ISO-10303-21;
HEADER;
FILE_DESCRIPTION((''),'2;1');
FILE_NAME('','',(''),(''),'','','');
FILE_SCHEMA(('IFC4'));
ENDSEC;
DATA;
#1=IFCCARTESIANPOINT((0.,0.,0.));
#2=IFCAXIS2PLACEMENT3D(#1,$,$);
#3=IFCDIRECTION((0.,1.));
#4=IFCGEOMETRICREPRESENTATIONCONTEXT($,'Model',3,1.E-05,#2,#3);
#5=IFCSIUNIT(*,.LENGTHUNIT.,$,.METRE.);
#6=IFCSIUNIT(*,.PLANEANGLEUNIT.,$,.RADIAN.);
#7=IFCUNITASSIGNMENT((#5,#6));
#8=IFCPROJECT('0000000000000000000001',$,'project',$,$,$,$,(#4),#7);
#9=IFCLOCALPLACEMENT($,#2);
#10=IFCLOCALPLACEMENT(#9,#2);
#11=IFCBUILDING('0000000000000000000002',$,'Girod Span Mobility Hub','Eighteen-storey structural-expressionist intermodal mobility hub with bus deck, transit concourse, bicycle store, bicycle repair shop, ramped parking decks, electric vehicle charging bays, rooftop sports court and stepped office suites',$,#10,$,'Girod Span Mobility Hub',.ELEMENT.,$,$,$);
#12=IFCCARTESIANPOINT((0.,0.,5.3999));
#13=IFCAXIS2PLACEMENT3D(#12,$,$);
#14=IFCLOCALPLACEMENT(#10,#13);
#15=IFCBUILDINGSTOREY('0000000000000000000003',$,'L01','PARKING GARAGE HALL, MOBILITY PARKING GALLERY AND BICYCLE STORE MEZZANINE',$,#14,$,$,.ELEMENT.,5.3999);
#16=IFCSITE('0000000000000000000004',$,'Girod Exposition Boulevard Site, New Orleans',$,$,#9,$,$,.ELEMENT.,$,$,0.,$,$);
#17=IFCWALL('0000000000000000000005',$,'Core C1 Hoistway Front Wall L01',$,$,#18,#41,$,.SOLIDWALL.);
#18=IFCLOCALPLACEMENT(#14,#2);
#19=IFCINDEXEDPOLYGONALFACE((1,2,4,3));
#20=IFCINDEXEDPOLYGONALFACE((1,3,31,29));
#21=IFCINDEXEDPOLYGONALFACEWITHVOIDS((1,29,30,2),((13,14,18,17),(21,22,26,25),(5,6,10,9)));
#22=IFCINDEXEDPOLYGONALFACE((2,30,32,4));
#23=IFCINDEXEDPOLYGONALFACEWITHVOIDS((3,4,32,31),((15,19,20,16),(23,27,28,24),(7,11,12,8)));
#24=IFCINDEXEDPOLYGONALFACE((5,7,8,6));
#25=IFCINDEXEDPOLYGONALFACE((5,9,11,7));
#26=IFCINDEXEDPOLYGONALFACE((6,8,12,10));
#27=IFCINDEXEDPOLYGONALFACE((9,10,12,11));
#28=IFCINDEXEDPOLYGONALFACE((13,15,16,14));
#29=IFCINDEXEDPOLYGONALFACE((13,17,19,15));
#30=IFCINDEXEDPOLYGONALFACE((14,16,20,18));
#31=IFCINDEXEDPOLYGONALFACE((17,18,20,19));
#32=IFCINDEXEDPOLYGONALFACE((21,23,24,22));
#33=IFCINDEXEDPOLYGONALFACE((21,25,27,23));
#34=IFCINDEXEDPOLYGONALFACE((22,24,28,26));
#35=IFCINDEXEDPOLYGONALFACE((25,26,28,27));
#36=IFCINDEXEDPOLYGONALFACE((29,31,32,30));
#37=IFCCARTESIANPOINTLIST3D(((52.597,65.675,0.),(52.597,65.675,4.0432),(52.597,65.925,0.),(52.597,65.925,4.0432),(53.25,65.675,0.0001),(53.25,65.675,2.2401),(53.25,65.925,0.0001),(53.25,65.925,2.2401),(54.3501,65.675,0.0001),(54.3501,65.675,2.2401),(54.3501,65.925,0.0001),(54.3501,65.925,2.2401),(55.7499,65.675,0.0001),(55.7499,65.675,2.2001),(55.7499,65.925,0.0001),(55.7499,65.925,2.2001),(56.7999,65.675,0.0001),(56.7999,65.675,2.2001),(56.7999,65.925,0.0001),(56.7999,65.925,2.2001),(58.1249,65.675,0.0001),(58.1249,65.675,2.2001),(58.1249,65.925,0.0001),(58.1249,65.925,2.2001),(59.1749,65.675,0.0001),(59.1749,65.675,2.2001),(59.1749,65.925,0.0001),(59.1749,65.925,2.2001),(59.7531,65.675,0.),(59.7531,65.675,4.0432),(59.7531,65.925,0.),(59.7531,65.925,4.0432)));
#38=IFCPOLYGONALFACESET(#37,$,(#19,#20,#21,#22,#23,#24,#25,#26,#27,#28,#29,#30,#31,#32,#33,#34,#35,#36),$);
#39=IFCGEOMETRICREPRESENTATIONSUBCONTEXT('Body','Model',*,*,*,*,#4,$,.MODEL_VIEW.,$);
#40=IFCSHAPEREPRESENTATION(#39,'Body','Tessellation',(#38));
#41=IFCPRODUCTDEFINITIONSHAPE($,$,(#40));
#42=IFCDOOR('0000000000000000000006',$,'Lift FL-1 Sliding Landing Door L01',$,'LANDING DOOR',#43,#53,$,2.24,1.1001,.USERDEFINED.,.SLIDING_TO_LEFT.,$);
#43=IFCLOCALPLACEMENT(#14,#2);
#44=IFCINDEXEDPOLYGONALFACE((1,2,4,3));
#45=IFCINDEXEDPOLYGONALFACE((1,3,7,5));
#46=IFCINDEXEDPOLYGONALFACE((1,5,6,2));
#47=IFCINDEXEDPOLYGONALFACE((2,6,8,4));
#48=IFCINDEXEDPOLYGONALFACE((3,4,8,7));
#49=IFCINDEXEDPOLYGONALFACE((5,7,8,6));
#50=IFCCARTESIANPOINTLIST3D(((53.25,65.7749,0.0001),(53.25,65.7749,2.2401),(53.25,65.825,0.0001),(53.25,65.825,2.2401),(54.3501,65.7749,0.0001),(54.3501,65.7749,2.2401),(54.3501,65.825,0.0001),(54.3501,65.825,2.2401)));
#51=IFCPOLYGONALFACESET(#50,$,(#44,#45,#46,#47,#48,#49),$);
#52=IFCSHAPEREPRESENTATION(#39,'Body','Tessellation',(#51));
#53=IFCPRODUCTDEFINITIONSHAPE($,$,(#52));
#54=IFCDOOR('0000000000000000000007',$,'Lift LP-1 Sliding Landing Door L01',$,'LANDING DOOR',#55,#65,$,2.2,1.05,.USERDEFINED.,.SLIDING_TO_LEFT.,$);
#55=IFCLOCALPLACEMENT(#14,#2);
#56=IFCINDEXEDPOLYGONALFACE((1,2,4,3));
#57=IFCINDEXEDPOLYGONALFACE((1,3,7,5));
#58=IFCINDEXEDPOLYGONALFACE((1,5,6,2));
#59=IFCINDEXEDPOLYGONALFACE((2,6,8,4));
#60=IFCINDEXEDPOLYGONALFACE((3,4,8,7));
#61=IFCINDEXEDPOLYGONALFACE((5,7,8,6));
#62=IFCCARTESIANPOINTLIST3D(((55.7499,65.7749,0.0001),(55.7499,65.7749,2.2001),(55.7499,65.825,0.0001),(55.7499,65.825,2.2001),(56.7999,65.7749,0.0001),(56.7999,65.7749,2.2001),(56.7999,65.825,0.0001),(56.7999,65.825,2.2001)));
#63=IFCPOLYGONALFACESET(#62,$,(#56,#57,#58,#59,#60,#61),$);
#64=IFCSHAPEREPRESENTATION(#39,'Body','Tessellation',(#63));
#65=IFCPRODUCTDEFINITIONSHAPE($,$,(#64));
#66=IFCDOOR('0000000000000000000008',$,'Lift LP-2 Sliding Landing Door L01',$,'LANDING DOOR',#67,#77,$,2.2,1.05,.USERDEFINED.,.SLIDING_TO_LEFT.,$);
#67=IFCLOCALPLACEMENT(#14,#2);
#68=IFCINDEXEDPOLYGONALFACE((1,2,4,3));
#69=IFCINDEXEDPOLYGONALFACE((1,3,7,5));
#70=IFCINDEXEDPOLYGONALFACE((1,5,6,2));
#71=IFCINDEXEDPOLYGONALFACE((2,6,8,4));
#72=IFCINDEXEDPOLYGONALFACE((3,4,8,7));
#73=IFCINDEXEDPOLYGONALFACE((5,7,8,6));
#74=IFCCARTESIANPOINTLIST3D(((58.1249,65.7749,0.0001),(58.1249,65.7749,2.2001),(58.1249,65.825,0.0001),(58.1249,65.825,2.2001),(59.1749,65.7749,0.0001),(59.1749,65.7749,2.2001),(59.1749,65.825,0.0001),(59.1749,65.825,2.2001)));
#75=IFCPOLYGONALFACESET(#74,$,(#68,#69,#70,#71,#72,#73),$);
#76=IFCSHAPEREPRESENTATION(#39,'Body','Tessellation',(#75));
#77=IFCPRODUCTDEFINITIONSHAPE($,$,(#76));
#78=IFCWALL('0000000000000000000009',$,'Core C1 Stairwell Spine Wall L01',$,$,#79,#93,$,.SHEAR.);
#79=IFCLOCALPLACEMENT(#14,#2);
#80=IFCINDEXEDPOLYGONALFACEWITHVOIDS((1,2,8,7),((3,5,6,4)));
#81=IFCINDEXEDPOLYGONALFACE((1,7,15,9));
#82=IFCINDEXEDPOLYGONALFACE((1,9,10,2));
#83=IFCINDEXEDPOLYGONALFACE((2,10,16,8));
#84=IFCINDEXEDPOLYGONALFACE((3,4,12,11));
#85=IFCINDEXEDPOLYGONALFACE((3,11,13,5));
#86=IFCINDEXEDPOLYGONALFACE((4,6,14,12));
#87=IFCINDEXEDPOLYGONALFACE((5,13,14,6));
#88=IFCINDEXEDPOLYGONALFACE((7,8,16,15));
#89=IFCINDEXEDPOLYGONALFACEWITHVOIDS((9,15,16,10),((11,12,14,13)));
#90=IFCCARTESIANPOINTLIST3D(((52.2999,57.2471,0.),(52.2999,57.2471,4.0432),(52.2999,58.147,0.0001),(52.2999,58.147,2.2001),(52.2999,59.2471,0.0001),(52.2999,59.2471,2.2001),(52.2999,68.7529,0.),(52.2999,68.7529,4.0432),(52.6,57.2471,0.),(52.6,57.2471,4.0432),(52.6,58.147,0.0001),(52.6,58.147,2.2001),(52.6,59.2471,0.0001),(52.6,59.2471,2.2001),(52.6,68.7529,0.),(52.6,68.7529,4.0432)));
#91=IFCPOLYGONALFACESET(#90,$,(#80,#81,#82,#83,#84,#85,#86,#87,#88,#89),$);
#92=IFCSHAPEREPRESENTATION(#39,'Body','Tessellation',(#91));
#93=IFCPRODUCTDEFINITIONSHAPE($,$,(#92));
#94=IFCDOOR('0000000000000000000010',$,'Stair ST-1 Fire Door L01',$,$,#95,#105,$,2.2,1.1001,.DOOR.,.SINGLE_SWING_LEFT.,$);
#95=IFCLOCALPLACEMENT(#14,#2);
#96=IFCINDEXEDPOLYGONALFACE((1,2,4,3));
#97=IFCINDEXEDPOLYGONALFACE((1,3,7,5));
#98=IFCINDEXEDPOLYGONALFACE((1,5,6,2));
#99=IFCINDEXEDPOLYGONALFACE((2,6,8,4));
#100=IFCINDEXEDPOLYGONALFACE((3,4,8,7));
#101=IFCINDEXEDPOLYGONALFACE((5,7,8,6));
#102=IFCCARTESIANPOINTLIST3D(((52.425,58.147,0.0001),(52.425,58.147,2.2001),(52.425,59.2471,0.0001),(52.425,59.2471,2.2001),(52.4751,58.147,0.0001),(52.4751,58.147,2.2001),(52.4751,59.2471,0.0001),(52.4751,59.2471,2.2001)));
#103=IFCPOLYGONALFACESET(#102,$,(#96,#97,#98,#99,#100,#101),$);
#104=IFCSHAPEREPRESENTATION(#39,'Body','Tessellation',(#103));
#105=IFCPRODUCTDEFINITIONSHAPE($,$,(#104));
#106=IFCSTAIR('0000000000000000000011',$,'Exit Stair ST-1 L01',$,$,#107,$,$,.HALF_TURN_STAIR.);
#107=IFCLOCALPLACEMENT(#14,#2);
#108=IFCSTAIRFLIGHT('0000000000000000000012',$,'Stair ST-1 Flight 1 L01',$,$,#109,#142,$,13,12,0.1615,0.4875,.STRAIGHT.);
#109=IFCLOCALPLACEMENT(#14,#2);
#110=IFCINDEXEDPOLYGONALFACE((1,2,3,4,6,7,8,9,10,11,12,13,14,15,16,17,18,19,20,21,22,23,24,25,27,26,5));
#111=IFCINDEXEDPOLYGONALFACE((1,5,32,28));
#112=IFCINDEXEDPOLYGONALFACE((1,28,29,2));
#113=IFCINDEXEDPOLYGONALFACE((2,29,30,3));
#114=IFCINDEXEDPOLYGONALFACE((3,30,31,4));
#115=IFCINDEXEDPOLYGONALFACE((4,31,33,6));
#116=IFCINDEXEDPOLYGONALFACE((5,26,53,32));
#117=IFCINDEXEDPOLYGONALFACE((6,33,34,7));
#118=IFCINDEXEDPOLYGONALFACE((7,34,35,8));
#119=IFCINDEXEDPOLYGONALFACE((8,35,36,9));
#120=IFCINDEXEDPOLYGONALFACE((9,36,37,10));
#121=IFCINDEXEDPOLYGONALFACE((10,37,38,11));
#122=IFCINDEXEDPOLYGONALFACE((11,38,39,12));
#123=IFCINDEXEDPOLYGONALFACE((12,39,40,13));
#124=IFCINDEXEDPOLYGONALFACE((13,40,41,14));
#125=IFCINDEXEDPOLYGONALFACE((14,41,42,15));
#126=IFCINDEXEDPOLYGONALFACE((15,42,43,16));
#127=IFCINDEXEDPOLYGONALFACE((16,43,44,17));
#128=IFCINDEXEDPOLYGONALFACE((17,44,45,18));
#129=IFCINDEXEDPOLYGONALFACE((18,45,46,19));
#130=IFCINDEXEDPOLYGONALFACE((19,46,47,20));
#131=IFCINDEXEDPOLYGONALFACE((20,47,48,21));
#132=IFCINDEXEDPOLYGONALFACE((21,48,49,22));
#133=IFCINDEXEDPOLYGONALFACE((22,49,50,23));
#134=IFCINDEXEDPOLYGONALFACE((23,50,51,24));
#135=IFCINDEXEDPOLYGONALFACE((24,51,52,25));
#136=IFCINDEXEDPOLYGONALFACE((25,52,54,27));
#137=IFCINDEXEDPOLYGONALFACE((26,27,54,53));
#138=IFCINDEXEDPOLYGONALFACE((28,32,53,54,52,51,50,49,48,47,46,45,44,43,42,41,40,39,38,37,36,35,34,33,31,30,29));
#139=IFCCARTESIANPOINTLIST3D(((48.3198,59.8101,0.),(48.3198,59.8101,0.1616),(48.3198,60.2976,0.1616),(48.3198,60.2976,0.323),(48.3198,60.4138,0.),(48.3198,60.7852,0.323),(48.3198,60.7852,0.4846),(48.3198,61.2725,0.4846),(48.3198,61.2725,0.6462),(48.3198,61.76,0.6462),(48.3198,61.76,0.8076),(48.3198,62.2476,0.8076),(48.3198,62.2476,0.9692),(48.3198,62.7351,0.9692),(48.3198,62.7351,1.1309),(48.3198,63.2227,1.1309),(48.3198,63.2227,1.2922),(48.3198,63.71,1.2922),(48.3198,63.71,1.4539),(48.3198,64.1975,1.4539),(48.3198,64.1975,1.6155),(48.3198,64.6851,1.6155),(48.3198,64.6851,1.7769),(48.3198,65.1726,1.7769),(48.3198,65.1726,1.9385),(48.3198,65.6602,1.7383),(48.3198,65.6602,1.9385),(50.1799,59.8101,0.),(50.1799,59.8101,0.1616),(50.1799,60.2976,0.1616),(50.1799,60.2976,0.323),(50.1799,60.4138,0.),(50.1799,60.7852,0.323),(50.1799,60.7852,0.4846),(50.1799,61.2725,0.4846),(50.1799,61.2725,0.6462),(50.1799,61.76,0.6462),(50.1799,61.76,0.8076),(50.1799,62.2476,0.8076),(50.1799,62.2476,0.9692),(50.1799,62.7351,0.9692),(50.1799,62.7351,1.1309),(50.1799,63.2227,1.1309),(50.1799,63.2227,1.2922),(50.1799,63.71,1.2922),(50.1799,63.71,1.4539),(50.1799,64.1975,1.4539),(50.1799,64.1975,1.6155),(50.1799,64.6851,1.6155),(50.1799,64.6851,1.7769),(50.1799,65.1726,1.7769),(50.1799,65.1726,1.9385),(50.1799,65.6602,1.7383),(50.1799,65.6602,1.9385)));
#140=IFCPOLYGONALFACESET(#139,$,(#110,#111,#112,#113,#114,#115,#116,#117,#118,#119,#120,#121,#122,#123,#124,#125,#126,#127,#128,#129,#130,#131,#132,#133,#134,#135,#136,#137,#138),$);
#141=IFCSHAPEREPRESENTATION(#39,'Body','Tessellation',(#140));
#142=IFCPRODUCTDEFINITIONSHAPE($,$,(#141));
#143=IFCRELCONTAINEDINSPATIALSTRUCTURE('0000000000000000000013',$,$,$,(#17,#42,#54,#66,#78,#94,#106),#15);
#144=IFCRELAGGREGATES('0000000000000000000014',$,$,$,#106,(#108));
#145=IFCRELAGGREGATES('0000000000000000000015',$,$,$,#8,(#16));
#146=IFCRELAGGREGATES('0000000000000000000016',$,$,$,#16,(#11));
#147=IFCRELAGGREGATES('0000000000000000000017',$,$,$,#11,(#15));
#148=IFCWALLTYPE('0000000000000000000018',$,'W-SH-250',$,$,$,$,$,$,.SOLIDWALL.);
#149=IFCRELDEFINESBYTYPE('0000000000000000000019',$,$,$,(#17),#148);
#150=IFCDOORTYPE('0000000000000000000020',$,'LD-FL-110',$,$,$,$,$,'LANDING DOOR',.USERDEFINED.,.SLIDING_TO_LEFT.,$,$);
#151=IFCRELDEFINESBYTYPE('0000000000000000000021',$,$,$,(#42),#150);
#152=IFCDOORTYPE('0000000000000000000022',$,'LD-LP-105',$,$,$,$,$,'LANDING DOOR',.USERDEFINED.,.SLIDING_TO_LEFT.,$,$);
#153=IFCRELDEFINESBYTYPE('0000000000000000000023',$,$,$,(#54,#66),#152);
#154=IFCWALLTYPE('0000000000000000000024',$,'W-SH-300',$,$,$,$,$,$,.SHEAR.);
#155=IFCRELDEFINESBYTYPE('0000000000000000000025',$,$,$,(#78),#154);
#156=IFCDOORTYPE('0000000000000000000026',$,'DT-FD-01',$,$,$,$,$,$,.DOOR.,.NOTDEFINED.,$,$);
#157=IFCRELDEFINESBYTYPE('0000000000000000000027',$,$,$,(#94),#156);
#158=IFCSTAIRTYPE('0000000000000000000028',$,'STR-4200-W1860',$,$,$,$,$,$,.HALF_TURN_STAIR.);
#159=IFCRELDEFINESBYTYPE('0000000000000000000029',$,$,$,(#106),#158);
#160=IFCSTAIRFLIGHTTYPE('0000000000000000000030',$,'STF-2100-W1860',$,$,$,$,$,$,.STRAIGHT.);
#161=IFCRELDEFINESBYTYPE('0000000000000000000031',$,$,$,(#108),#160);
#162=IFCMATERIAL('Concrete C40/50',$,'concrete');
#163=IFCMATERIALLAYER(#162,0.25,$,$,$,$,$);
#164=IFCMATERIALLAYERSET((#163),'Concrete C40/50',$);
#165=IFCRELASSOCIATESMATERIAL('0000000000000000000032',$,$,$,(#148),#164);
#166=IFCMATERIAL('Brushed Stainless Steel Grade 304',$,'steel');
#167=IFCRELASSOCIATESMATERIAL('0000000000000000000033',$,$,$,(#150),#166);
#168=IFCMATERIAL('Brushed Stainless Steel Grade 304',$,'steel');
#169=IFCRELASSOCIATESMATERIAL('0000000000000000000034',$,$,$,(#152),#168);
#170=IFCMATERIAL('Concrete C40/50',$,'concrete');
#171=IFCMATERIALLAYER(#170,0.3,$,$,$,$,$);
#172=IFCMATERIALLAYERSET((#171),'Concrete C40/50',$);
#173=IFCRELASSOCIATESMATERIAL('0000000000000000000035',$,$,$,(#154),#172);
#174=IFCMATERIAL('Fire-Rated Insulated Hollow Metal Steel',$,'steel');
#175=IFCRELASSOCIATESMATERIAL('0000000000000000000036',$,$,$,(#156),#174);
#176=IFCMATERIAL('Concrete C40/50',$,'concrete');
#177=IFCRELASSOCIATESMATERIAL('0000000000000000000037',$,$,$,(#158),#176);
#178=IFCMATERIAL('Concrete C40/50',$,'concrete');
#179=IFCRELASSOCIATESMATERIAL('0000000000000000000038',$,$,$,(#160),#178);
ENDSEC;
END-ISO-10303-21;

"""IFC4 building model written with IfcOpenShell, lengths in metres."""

from ifc_helpers import new_model, si_unit, direction, frame, frame_2d, origin, place, context, subcontext, project, spatial, polyline, rectangle, outline, extrude, material, layer, layer_set, type_object, element, fill, aggregate, save


model = new_model("IFC4")

# Units and contexts
model_context = context("Model", 3, precision=1e-05, world=origin(), true_north=direction((0.0, 1.0)))
body_context = subcontext(model_context, "Body", "Model", "MODEL_VIEW")
ifc_project = project(units=[si_unit("LENGTHUNIT", "METRE"), si_unit("PLANEANGLEUNIT", "RADIAN")], contexts=[model_context])

# Site, building, storey
site_placement = place(None, origin())
site = spatial("IfcSite", under=ifc_project, at=site_placement, Name="Girod Exposition Boulevard Site, New Orleans", CompositionType="ELEMENT", RefElevation=0.0)
building_placement = place(site_placement, origin())
building = spatial("IfcBuilding", under=site, at=building_placement, Name="Girod Span Mobility Hub", Description="Eighteen-storey structural-expressionist intermodal mobility hub with bus deck, transit concourse, bicycle store, bicycle repair shop, ramped parking decks, electric vehicle charging bays, rooftop sports court and stepped office suites", LongName="Girod Span Mobility Hub", CompositionType="ELEMENT")
storey_placement = place(building_placement, frame((0.0, 0.0, 5.3999)))
storey = spatial("IfcBuildingStorey", under=building, at=storey_placement, Name="L01", Description="PARKING GARAGE HALL, MOBILITY PARKING GALLERY AND BICYCLE STORE MEZZANINE", CompositionType="ELEMENT", Elevation=5.3999)

# Wall, openings, doors
ifc_material_1 = material(Name="Concrete C40/50", Category="concrete")
ifc_layer_1 = layer(ifc_material_1, 0.25)
ifc_layer_set_1 = layer_set([ifc_layer_1], Name="Concrete C40/50")
wall_type_1 = type_object("IfcWallType", Name="W-SH-250", PredefinedType="SOLIDWALL", material=ifc_layer_set_1)
wall_1_placement = place(storey_placement, frame((52.5969, 65.8, 0.0), z_axis=(0.0, 0.0, 1.0), x_axis=(1.0, 0.0, 0.0)))
wall_1 = element("IfcWall", 1, at=wall_1_placement, inside=storey, type_object=wall_type_1, Name="Core C1 Hoistway Front Wall L01", PredefinedType="SOLIDWALL", context=body_context, shape_type="SweptSolid", body=[
    extrude(rectangle(XDim=7.156, YDim=0.25, at=frame_2d((3.5781, 0.0))), origin(), (0.0, 0.0, 1.0), 4.0432),
])
opening_1_placement = place(wall_1_placement, frame((0.6531, 0.0, 0.0)))
opening_1 = element("IfcOpeningElement", 2, at=opening_1_placement, cuts=wall_1, PredefinedType="OPENING", context=body_context, shape_type="SweptSolid", body=[
    extrude(rectangle(XDim=1.1001, YDim=2.24, at=frame_2d((0.55, 1.1201))), frame((0.0, 0.1399, 0.0), z_axis=(0.0, -1.0, 0.0), x_axis=(1.0, 0.0, 0.0)), (0.0, 0.0, 1.0), 0.28),
])
opening_2_placement = place(wall_1_placement, frame((3.1531, 0.0, 0.0)))
opening_2 = element("IfcOpeningElement", 3, at=opening_2_placement, cuts=wall_1, PredefinedType="OPENING", context=body_context, shape_type="SweptSolid", body=[
    extrude(rectangle(XDim=1.05, YDim=2.2, at=frame_2d((0.5249, 1.1001))), frame((0.0, 0.1399, 0.0), z_axis=(0.0, -1.0, 0.0), x_axis=(1.0, 0.0, 0.0)), (0.0, 0.0, 1.0), 0.28),
])
opening_3_placement = place(wall_1_placement, frame((5.5281, 0.0, 0.0)))
opening_3 = element("IfcOpeningElement", 4, at=opening_3_placement, cuts=wall_1, PredefinedType="OPENING", context=body_context, shape_type="SweptSolid", body=[
    extrude(rectangle(XDim=1.05, YDim=2.2, at=frame_2d((0.5249, 1.1001))), frame((0.0, 0.1399, 0.0), z_axis=(0.0, -1.0, 0.0), x_axis=(1.0, 0.0, 0.0)), (0.0, 0.0, 1.0), 0.28),
])
ifc_material_2 = material(Name="Brushed Stainless Steel Grade 304", Category="steel")
door_type_1 = type_object("IfcDoorType", Name="LD-FL-110", ElementType="LANDING DOOR", OperationType="SLIDING_TO_LEFT", PredefinedType="USERDEFINED", material=ifc_material_2)
door_1_placement = place(opening_1_placement, origin())
door_1 = element("IfcDoor", 5, at=door_1_placement, inside=storey, type_object=door_type_1, Name="Lift FL-1 Sliding Landing Door L01", ObjectType="LANDING DOOR", OperationType="SLIDING_TO_LEFT", OverallHeight=2.24, OverallWidth=1.1001, PredefinedType="USERDEFINED", context=body_context, shape_type="SweptSolid", body=[
    extrude(rectangle(XDim=1.1001, YDim=2.24, at=frame_2d((0.55, 1.1201))), frame((0.0, 0.0249, 0.0), z_axis=(0.0, -1.0, 0.0), x_axis=(1.0, 0.0, 0.0)), (0.0, 0.0, 1.0), 0.05),
])
fill(opening_1, door_1)
ifc_material_3 = material(Name="Brushed Stainless Steel Grade 304", Category="steel")
door_type_2 = type_object("IfcDoorType", Name="LD-LP-105", ElementType="LANDING DOOR", OperationType="SLIDING_TO_LEFT", PredefinedType="USERDEFINED", material=ifc_material_3)
door_2_placement = place(opening_2_placement, origin())
door_2 = element("IfcDoor", 6, at=door_2_placement, inside=storey, type_object=door_type_2, Name="Lift LP-1 Sliding Landing Door L01", ObjectType="LANDING DOOR", OperationType="SLIDING_TO_LEFT", OverallHeight=2.2, OverallWidth=1.05, PredefinedType="USERDEFINED", context=body_context, shape_type="SweptSolid", body=[
    extrude(rectangle(XDim=1.05, YDim=2.2, at=frame_2d((0.5249, 1.1001))), frame((0.0, 0.0249, 0.0), z_axis=(0.0, -1.0, 0.0), x_axis=(1.0, 0.0, 0.0)), (0.0, 0.0, 1.0), 0.05),
])
fill(opening_2, door_2)
door_3_placement = place(opening_3_placement, origin())
door_3 = element("IfcDoor", 7, at=door_3_placement, inside=storey, type_object=door_type_2, Name="Lift LP-2 Sliding Landing Door L01", ObjectType="LANDING DOOR", OperationType="SLIDING_TO_LEFT", OverallHeight=2.2, OverallWidth=1.05, PredefinedType="USERDEFINED", context=body_context, shape_type="SweptSolid", body=[
    extrude(rectangle(XDim=1.05, YDim=2.2, at=frame_2d((0.5249, 1.1001))), frame((0.0, 0.0249, 0.0), z_axis=(0.0, -1.0, 0.0), x_axis=(1.0, 0.0, 0.0)), (0.0, 0.0, 1.0), 0.05),
])
fill(opening_3, door_3)

# Wall, opening, door
ifc_material_4 = material(Name="Concrete C40/50", Category="concrete")
ifc_layer_2 = layer(ifc_material_4, 0.3)
ifc_layer_set_2 = layer_set([ifc_layer_2], Name="Concrete C40/50")
wall_type_2 = type_object("IfcWallType", Name="W-SH-300", PredefinedType="SHEAR", material=ifc_layer_set_2)
wall_2_placement = place(storey_placement, frame((52.45, 57.2471, 0.0), z_axis=(0.0, 0.0, 1.0), x_axis=(0.0, 1.0, 0.0)))
wall_2 = element("IfcWall", 8, at=wall_2_placement, inside=storey, type_object=wall_type_2, Name="Core C1 Stairwell Spine Wall L01", PredefinedType="SHEAR", context=body_context, shape_type="SweptSolid", body=[
    extrude(rectangle(XDim=11.5059, YDim=0.3, at=frame_2d((5.7529, 0.0))), origin(), (0.0, 0.0, 1.0), 4.0432),
])
opening_4_placement = place(wall_2_placement, frame((0.8999, 0.0, 0.0)))
opening_4 = element("IfcOpeningElement", 9, at=opening_4_placement, cuts=wall_2, PredefinedType="OPENING", context=body_context, shape_type="SweptSolid", body=[
    extrude(rectangle(XDim=1.1001, YDim=2.2, at=frame_2d((0.55, 1.1001))), frame((0.0, 0.165, 0.0), z_axis=(0.0, -1.0, 0.0), x_axis=(1.0, 0.0, 0.0)), (0.0, 0.0, 1.0), 0.3301),
])
ifc_material_5 = material(Name="Fire-Rated Insulated Hollow Metal Steel", Category="steel")
door_type_3 = type_object("IfcDoorType", Name="DT-FD-01", OperationType="NOTDEFINED", PredefinedType="DOOR", material=ifc_material_5)
door_4_placement = place(opening_4_placement, origin())
door_4 = element("IfcDoor", 10, at=door_4_placement, inside=storey, type_object=door_type_3, Name="Stair ST-1 Fire Door L01", OperationType="SINGLE_SWING_LEFT", OverallHeight=2.2, OverallWidth=1.1001, PredefinedType="DOOR", context=body_context, shape_type="SweptSolid", body=[
    extrude(rectangle(XDim=1.1001, YDim=2.2, at=frame_2d((0.55, 1.1001))), frame((0.0, 0.0249, 0.0), z_axis=(0.0, -1.0, 0.0), x_axis=(1.0, 0.0, 0.0)), (0.0, 0.0, 1.0), 0.05),
])
fill(opening_4, door_4)

# Stair, stair flight
ifc_material_6 = material(Name="Concrete C40/50", Category="concrete")
stair_type = type_object("IfcStairType", Name="STR-4200-W1860", PredefinedType="HALF_TURN_STAIR", material=ifc_material_6)
stair_placement = place(storey_placement, origin())
stair = element("IfcStair", 11, at=stair_placement, inside=storey, type_object=stair_type, Name="Exit Stair ST-1 L01", PredefinedType="HALF_TURN_STAIR")
ifc_material_7 = material(Name="Concrete C40/50", Category="concrete")
stair_flight_type = type_object("IfcStairFlightType", Name="STF-2100-W1860", PredefinedType="STRAIGHT", material=ifc_material_7)
stair_flight_1_placement = place(storey_placement, frame((49.25, 59.8101, 0.0), z_axis=(0.0, 0.0, 1.0), x_axis=(0.0, 1.0, 0.0)))
stair_flight_1 = element("IfcStairFlight", 12, at=stair_flight_1_placement, type_object=stair_flight_type, Name="Stair ST-1 Flight 1 L01", NumberOfRisers=13, NumberOfTreads=12, PredefinedType="STRAIGHT", RiserHeight=0.1615, TreadLength=0.4875, context=body_context, shape_type="SweptSolid", body=[
    extrude(outline(polyline([(0.0, 0.0), (0.0, 0.1616), (0.4875, 0.1616), (0.4875, 0.323), (0.9751, 0.323), (0.9751, 0.4846), (1.4624, 0.4846), (1.4624, 0.6462), (1.95, 0.6462), (1.95, 0.8076), (2.4375, 0.8076), (2.4375, 0.9692), (2.925, 0.9692), (2.925, 1.1309), (3.4126, 1.1309), (3.4126, 1.2922), (3.8999, 1.2922), (3.8999, 1.4539), (4.3875, 1.4539), (4.3875, 1.6155), (4.875, 1.6155), (4.875, 1.7769), (5.3625, 1.7769), (5.3625, 1.9385), (5.8501, 1.9385), (5.8501, 2.1001), (5.8501, 1.7383), (0.6038, 0.0), (0.0, 0.0)])), frame((0.0, 0.9302, 0.0), z_axis=(0.0, -1.0, 0.0), x_axis=(1.0, 0.0, 0.0)), (0.0, 0.0, 1.0), 1.8601),
])
aggregate(stair, [stair_flight_1])

save(model, "model.ifc")
